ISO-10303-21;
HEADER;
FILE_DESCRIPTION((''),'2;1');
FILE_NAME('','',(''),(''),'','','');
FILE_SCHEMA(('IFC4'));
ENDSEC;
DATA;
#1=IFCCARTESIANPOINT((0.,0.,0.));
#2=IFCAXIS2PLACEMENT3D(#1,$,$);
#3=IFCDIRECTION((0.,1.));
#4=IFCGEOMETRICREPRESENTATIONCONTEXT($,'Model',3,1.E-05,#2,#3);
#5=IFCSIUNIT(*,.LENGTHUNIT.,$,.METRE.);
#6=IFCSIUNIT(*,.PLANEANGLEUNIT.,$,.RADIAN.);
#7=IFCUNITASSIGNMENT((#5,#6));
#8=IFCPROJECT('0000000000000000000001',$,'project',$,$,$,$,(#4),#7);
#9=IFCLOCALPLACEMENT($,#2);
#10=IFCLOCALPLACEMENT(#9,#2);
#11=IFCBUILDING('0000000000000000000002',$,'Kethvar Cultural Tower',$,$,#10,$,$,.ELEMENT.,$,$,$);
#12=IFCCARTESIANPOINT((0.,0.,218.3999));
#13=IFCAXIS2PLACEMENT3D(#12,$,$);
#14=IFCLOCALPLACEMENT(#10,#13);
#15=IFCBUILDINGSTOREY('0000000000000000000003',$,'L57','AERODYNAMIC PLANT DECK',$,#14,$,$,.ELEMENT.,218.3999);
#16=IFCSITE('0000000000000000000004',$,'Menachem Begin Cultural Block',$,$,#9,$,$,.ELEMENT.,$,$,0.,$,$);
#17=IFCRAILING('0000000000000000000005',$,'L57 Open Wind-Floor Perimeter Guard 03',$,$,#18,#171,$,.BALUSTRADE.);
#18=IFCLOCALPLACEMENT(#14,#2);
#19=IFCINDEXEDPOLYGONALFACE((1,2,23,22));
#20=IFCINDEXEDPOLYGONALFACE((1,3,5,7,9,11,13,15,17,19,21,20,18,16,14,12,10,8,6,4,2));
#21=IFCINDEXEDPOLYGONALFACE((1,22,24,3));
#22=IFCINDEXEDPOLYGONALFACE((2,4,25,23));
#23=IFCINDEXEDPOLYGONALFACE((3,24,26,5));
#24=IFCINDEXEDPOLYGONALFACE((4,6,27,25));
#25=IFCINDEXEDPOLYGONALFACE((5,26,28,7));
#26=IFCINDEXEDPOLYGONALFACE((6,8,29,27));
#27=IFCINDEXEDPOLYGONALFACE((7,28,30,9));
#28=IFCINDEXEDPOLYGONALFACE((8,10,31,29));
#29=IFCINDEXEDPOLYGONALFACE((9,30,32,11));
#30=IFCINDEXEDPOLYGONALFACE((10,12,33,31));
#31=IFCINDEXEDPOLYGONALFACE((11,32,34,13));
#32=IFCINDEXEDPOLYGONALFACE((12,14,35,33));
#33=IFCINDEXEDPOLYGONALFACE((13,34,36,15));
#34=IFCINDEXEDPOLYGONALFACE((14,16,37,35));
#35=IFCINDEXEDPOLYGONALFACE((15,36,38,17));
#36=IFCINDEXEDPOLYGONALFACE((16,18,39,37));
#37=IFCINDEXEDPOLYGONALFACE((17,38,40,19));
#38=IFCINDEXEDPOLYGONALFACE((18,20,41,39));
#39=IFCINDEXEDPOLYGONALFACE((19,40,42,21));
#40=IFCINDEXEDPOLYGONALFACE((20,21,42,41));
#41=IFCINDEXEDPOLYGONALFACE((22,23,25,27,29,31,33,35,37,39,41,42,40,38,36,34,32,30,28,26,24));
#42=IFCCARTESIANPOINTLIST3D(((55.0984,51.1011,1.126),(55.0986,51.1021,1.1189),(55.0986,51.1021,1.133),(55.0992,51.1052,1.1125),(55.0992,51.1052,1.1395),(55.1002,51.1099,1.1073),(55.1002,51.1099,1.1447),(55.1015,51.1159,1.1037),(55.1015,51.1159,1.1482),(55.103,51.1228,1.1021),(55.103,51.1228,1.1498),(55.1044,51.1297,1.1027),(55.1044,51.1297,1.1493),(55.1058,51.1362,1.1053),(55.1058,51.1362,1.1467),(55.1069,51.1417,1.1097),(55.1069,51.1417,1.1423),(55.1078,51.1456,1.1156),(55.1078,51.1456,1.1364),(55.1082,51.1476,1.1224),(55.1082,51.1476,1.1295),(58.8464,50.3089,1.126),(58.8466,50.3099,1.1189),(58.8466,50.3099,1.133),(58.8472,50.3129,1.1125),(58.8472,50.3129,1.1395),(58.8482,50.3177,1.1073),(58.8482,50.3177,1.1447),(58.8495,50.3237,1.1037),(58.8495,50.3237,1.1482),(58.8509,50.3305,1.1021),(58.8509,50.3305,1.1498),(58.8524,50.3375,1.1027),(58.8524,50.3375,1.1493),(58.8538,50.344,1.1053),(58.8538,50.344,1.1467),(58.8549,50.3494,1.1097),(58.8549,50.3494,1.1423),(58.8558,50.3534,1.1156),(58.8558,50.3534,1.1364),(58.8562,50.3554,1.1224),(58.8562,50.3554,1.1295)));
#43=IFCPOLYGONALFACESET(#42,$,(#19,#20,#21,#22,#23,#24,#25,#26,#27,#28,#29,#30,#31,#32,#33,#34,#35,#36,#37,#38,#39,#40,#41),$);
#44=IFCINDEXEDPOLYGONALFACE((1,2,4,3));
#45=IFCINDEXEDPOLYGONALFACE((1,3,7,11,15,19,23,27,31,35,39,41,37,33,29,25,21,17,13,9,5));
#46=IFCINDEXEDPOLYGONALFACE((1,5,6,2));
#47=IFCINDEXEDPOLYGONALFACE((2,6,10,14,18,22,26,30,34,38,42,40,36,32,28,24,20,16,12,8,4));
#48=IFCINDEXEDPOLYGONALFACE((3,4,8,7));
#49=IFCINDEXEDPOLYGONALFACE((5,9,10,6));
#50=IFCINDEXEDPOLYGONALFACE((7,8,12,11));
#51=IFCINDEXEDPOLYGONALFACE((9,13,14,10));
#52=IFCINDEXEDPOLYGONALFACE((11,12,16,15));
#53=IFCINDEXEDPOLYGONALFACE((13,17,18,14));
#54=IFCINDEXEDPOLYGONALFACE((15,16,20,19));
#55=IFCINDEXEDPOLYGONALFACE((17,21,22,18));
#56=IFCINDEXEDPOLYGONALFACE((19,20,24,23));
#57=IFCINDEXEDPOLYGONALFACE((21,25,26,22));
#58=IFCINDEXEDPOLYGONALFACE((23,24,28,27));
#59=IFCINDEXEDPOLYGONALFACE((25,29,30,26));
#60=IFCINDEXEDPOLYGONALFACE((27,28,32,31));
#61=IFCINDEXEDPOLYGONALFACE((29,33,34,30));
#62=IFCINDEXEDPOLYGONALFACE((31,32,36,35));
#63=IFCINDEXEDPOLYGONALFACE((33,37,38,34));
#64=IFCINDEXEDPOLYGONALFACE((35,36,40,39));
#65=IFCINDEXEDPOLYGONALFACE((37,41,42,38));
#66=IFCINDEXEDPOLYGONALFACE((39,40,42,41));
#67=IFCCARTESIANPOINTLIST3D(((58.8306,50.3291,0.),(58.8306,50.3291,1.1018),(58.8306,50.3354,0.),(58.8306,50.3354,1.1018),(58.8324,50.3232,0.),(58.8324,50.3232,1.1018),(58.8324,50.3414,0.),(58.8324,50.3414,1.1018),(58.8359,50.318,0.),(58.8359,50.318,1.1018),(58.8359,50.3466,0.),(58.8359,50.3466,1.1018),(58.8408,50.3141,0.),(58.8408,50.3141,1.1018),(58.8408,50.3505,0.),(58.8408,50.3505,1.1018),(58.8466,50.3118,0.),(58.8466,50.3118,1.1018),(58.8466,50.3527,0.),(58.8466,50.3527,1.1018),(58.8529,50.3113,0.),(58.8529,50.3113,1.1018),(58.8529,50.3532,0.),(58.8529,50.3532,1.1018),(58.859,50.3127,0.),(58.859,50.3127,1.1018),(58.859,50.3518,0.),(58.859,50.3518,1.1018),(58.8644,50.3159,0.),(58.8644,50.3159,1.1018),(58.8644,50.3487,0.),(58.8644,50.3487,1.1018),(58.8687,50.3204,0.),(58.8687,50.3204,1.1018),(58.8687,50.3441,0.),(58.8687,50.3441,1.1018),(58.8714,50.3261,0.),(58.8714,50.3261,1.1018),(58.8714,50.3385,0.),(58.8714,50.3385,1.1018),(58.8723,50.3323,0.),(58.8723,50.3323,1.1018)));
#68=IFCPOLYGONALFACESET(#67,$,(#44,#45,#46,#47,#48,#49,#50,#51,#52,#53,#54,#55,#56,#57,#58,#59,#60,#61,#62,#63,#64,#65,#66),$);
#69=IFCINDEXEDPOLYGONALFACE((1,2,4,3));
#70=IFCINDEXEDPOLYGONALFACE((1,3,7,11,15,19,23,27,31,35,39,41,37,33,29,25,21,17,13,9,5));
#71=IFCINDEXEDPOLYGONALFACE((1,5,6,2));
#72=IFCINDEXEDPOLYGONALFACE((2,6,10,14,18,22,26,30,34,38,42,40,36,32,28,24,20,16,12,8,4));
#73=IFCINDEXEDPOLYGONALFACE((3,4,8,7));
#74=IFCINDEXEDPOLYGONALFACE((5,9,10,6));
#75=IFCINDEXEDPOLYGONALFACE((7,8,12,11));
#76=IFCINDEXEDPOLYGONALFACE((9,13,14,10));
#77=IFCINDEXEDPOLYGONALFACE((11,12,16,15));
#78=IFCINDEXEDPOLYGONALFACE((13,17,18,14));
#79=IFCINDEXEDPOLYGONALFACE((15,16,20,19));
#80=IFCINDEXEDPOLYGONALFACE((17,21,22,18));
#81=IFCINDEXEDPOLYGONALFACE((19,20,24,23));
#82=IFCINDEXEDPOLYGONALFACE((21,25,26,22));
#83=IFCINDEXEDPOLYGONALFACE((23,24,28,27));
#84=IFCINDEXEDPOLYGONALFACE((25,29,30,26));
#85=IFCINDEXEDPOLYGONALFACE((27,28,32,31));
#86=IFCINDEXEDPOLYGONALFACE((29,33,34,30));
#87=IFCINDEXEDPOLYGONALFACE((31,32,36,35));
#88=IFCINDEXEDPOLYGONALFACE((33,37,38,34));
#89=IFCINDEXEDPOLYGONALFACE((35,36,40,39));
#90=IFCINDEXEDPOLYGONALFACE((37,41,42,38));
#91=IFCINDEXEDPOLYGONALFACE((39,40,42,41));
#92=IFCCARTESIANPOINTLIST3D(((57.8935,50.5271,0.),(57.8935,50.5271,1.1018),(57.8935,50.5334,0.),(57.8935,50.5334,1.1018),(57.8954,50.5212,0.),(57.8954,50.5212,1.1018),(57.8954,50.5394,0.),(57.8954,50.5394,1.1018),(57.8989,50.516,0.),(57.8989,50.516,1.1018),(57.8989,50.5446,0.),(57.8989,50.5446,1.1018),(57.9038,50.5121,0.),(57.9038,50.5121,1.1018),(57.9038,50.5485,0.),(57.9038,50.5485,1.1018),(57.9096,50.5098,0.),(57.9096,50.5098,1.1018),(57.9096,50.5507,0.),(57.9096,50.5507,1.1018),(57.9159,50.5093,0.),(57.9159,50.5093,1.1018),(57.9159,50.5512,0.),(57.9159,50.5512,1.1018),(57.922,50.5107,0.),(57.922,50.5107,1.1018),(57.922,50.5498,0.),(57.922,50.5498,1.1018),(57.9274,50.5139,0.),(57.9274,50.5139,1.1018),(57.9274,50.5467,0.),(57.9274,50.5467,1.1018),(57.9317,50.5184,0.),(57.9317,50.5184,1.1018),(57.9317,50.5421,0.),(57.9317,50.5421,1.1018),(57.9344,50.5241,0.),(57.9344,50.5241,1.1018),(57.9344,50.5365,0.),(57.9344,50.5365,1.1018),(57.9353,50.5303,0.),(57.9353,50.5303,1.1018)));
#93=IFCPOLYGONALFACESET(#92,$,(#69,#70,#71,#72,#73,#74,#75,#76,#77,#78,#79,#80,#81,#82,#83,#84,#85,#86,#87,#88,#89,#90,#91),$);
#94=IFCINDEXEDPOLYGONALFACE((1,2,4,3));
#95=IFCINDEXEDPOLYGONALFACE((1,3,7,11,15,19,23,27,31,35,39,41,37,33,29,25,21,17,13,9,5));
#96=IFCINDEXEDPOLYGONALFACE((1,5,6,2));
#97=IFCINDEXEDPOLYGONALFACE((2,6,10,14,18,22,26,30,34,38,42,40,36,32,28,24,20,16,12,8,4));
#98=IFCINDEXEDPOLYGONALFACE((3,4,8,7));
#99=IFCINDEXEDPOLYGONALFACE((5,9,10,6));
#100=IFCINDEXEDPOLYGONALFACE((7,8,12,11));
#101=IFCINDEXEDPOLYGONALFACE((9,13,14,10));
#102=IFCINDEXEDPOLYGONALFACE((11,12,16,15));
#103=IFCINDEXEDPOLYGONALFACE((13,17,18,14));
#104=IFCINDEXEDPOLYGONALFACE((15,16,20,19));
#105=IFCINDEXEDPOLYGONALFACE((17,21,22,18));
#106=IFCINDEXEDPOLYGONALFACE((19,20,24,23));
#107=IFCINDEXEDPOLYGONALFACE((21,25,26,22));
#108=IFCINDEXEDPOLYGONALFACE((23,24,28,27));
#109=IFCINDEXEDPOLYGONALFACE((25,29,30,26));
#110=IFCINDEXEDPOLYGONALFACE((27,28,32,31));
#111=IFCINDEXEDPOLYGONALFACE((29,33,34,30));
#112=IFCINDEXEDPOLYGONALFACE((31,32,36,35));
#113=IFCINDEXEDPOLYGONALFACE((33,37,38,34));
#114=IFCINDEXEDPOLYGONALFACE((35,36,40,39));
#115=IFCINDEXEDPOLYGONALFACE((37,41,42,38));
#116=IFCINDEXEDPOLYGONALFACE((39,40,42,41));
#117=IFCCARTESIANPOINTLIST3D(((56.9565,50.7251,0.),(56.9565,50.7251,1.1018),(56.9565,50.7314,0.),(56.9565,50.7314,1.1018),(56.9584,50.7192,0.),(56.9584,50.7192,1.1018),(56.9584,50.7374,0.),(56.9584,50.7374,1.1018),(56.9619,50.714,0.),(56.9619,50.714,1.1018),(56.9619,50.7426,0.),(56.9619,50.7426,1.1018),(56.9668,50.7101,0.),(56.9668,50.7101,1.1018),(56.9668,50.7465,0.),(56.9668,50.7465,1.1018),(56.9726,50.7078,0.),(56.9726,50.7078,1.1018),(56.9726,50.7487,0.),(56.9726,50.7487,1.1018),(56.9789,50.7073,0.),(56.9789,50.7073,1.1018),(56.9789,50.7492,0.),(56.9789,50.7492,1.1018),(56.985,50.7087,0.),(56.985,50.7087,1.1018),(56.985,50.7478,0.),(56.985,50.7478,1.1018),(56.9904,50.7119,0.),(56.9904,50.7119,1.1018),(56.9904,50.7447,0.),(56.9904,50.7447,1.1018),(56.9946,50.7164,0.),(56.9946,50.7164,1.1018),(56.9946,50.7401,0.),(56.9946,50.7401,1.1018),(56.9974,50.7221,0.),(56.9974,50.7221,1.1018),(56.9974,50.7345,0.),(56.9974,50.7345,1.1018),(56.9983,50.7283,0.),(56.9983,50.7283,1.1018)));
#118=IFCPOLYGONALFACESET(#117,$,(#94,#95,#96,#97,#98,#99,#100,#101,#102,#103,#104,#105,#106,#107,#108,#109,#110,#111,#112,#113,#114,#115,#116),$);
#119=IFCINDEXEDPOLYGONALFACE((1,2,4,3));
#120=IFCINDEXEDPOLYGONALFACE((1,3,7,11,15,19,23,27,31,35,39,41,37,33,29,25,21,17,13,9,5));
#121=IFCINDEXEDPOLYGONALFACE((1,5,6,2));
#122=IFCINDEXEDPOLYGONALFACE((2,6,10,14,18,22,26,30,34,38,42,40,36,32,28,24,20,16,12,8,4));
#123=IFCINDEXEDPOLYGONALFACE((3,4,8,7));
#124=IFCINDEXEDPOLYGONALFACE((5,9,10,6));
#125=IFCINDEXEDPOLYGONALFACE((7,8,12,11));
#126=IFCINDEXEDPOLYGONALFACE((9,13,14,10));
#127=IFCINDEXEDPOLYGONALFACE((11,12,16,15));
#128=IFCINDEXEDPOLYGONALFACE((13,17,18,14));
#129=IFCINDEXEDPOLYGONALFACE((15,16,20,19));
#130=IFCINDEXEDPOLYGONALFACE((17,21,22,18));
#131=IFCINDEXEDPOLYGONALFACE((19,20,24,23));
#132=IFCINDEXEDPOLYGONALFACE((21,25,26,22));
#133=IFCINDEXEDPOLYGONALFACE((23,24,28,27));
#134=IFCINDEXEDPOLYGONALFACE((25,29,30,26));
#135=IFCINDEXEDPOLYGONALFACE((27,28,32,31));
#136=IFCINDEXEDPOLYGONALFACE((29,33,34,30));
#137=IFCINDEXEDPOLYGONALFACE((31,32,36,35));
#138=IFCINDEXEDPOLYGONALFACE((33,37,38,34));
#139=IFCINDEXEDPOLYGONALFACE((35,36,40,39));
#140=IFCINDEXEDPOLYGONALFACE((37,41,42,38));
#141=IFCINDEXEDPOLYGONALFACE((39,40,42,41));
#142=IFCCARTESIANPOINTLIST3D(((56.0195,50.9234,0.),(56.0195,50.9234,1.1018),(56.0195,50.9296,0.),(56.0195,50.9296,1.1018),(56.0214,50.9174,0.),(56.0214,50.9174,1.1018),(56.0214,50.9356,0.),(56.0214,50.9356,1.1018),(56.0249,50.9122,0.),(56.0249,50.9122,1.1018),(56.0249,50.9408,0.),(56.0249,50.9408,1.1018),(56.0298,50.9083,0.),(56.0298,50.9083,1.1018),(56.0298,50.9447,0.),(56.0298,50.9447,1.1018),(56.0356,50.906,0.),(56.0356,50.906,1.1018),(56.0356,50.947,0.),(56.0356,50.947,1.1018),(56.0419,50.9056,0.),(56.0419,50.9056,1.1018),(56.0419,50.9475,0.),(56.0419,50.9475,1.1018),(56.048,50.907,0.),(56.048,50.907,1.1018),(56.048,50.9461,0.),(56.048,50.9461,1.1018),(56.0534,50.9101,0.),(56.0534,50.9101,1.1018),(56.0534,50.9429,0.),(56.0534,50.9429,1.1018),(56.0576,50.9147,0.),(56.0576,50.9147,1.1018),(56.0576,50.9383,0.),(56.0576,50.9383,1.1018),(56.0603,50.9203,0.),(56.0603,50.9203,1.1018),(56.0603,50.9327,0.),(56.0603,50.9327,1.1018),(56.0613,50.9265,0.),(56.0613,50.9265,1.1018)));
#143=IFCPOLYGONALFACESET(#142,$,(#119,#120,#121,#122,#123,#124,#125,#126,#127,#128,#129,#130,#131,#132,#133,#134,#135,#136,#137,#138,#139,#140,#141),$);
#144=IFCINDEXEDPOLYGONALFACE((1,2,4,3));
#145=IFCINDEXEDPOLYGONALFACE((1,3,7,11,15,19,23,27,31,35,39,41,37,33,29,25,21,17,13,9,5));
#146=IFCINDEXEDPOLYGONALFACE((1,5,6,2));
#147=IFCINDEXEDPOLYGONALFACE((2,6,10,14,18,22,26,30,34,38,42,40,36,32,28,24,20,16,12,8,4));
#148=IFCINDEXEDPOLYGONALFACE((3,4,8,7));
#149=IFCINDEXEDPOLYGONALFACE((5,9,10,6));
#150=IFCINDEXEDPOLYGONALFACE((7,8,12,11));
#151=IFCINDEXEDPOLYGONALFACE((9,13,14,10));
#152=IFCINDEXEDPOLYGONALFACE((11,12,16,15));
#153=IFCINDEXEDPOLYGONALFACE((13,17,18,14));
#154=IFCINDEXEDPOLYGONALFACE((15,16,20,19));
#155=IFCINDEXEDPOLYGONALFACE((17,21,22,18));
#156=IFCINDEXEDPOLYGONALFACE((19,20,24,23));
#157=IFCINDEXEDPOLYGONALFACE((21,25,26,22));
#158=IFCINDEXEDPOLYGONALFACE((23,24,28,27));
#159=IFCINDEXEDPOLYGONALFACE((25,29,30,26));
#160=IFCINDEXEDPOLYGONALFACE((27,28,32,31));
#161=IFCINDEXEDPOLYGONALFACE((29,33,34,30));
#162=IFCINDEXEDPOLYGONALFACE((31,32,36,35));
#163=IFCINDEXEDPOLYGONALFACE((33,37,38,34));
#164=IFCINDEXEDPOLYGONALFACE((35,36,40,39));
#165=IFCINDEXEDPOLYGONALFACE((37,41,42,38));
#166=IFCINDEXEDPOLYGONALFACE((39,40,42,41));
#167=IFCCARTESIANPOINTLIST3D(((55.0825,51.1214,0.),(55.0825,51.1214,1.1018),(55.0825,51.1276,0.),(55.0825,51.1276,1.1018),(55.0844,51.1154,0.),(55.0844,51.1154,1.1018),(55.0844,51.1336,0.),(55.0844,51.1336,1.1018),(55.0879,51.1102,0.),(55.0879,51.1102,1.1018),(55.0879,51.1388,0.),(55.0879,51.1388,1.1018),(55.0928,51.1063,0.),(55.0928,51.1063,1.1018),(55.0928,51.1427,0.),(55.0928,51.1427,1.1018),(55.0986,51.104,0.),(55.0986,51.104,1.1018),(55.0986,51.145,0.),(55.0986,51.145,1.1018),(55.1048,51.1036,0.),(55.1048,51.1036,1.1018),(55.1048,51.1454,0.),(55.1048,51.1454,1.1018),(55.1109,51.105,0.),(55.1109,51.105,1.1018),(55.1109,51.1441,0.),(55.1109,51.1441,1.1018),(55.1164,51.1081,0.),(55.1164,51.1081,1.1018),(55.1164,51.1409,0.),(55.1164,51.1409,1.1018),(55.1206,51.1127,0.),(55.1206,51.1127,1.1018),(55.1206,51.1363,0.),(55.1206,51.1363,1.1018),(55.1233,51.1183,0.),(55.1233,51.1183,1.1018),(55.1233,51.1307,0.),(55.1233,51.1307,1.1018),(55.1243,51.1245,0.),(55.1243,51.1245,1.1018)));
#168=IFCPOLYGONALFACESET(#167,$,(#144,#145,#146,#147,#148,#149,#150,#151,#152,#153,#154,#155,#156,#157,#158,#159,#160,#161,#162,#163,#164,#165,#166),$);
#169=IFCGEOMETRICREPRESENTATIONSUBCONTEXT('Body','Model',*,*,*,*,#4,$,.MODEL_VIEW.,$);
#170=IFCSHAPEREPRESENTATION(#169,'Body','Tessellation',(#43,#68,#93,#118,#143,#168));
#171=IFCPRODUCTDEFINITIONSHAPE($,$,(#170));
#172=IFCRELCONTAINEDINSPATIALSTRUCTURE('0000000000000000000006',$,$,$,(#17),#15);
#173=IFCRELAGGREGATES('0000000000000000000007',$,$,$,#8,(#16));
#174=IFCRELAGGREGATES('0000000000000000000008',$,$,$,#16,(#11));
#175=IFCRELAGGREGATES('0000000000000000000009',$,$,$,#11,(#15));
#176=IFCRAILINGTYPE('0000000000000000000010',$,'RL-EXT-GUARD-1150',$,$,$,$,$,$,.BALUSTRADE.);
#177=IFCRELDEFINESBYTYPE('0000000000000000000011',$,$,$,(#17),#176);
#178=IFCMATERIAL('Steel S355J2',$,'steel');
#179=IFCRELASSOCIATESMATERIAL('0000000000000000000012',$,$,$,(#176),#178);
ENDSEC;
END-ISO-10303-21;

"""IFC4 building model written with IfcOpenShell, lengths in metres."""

from ifc_helpers import new_model, si_unit, direction, frame, origin, origin_2d, place, context, subcontext, project, spatial, circle, extrude, material, type_object, element, save


model = new_model("IFC4")

# Units and contexts
model_context = context("Model", 3, precision=1e-05, world=origin(), true_north=direction((0.0, 1.0)))
body_context = subcontext(model_context, "Body", "Model", "MODEL_VIEW")
ifc_project = project(units=[si_unit("LENGTHUNIT", "METRE"), si_unit("PLANEANGLEUNIT", "RADIAN")], contexts=[model_context])

# Site, building, storey
site_placement = place(None, origin())
site = spatial("IfcSite", under=ifc_project, at=site_placement, Name="Menachem Begin Cultural Block", CompositionType="ELEMENT", RefElevation=0.0)
building_placement = place(site_placement, origin())
building = spatial("IfcBuilding", under=site, at=building_placement, Name="Kethvar Cultural Tower", CompositionType="ELEMENT")
storey_placement = place(building_placement, frame((0.0, 0.0, 218.3999)))
storey = spatial("IfcBuildingStorey", under=building, at=storey_placement, Name="L57", Description="AERODYNAMIC PLANT DECK", CompositionType="ELEMENT", Elevation=218.3999)

# Shared definitions
ifc_material_1 = material(Name="Steel S355J2", Category="steel")

# Railing
railing_type_1 = type_object("IfcRailingType", Name="RL-EXT-GUARD-1150", PredefinedType="BALUSTRADE", material=ifc_material_1)
railing_1_placement = place(storey_placement, frame((58.8513, 50.3323, 0.0)))
element("IfcRailing", 1, at=railing_1_placement, inside=storey, type_object=railing_type_1, Name="L57 Open Wind-Floor Perimeter Guard 03", PredefinedType="BALUSTRADE", context=body_context, shape_type="SweptSolid", body=[
    extrude(circle(Radius=0.0239, at=origin_2d()), frame((0.0, 0.0, 1.126), z_axis=(-0.978382, 0.206804, 0.0), x_axis=(-0.206804, -0.978382, 0.0)), (0.0, 0.0, 1.0), 3.8308),
    extrude(circle(Radius=0.021, at=origin_2d()), origin(), (0.0, 0.0, 1.0), 1.1018),
    extrude(circle(Radius=0.021, at=origin_2d()), frame((-0.937, 0.198, 0.0)), (0.0, 0.0, 1.0), 1.1018),
    extrude(circle(Radius=0.021, at=origin_2d()), frame((-1.874, 0.396, 0.0)), (0.0, 0.0, 1.0), 1.1018),
    extrude(circle(Radius=0.021, at=origin_2d()), frame((-2.811, 0.5942, 0.0)), (0.0, 0.0, 1.0), 1.1018),
    extrude(circle(Radius=0.021, at=origin_2d()), frame((-3.748, 0.7922, 0.0)), (0.0, 0.0, 1.0), 1.1018),
])

save(model, "model.ifc")
